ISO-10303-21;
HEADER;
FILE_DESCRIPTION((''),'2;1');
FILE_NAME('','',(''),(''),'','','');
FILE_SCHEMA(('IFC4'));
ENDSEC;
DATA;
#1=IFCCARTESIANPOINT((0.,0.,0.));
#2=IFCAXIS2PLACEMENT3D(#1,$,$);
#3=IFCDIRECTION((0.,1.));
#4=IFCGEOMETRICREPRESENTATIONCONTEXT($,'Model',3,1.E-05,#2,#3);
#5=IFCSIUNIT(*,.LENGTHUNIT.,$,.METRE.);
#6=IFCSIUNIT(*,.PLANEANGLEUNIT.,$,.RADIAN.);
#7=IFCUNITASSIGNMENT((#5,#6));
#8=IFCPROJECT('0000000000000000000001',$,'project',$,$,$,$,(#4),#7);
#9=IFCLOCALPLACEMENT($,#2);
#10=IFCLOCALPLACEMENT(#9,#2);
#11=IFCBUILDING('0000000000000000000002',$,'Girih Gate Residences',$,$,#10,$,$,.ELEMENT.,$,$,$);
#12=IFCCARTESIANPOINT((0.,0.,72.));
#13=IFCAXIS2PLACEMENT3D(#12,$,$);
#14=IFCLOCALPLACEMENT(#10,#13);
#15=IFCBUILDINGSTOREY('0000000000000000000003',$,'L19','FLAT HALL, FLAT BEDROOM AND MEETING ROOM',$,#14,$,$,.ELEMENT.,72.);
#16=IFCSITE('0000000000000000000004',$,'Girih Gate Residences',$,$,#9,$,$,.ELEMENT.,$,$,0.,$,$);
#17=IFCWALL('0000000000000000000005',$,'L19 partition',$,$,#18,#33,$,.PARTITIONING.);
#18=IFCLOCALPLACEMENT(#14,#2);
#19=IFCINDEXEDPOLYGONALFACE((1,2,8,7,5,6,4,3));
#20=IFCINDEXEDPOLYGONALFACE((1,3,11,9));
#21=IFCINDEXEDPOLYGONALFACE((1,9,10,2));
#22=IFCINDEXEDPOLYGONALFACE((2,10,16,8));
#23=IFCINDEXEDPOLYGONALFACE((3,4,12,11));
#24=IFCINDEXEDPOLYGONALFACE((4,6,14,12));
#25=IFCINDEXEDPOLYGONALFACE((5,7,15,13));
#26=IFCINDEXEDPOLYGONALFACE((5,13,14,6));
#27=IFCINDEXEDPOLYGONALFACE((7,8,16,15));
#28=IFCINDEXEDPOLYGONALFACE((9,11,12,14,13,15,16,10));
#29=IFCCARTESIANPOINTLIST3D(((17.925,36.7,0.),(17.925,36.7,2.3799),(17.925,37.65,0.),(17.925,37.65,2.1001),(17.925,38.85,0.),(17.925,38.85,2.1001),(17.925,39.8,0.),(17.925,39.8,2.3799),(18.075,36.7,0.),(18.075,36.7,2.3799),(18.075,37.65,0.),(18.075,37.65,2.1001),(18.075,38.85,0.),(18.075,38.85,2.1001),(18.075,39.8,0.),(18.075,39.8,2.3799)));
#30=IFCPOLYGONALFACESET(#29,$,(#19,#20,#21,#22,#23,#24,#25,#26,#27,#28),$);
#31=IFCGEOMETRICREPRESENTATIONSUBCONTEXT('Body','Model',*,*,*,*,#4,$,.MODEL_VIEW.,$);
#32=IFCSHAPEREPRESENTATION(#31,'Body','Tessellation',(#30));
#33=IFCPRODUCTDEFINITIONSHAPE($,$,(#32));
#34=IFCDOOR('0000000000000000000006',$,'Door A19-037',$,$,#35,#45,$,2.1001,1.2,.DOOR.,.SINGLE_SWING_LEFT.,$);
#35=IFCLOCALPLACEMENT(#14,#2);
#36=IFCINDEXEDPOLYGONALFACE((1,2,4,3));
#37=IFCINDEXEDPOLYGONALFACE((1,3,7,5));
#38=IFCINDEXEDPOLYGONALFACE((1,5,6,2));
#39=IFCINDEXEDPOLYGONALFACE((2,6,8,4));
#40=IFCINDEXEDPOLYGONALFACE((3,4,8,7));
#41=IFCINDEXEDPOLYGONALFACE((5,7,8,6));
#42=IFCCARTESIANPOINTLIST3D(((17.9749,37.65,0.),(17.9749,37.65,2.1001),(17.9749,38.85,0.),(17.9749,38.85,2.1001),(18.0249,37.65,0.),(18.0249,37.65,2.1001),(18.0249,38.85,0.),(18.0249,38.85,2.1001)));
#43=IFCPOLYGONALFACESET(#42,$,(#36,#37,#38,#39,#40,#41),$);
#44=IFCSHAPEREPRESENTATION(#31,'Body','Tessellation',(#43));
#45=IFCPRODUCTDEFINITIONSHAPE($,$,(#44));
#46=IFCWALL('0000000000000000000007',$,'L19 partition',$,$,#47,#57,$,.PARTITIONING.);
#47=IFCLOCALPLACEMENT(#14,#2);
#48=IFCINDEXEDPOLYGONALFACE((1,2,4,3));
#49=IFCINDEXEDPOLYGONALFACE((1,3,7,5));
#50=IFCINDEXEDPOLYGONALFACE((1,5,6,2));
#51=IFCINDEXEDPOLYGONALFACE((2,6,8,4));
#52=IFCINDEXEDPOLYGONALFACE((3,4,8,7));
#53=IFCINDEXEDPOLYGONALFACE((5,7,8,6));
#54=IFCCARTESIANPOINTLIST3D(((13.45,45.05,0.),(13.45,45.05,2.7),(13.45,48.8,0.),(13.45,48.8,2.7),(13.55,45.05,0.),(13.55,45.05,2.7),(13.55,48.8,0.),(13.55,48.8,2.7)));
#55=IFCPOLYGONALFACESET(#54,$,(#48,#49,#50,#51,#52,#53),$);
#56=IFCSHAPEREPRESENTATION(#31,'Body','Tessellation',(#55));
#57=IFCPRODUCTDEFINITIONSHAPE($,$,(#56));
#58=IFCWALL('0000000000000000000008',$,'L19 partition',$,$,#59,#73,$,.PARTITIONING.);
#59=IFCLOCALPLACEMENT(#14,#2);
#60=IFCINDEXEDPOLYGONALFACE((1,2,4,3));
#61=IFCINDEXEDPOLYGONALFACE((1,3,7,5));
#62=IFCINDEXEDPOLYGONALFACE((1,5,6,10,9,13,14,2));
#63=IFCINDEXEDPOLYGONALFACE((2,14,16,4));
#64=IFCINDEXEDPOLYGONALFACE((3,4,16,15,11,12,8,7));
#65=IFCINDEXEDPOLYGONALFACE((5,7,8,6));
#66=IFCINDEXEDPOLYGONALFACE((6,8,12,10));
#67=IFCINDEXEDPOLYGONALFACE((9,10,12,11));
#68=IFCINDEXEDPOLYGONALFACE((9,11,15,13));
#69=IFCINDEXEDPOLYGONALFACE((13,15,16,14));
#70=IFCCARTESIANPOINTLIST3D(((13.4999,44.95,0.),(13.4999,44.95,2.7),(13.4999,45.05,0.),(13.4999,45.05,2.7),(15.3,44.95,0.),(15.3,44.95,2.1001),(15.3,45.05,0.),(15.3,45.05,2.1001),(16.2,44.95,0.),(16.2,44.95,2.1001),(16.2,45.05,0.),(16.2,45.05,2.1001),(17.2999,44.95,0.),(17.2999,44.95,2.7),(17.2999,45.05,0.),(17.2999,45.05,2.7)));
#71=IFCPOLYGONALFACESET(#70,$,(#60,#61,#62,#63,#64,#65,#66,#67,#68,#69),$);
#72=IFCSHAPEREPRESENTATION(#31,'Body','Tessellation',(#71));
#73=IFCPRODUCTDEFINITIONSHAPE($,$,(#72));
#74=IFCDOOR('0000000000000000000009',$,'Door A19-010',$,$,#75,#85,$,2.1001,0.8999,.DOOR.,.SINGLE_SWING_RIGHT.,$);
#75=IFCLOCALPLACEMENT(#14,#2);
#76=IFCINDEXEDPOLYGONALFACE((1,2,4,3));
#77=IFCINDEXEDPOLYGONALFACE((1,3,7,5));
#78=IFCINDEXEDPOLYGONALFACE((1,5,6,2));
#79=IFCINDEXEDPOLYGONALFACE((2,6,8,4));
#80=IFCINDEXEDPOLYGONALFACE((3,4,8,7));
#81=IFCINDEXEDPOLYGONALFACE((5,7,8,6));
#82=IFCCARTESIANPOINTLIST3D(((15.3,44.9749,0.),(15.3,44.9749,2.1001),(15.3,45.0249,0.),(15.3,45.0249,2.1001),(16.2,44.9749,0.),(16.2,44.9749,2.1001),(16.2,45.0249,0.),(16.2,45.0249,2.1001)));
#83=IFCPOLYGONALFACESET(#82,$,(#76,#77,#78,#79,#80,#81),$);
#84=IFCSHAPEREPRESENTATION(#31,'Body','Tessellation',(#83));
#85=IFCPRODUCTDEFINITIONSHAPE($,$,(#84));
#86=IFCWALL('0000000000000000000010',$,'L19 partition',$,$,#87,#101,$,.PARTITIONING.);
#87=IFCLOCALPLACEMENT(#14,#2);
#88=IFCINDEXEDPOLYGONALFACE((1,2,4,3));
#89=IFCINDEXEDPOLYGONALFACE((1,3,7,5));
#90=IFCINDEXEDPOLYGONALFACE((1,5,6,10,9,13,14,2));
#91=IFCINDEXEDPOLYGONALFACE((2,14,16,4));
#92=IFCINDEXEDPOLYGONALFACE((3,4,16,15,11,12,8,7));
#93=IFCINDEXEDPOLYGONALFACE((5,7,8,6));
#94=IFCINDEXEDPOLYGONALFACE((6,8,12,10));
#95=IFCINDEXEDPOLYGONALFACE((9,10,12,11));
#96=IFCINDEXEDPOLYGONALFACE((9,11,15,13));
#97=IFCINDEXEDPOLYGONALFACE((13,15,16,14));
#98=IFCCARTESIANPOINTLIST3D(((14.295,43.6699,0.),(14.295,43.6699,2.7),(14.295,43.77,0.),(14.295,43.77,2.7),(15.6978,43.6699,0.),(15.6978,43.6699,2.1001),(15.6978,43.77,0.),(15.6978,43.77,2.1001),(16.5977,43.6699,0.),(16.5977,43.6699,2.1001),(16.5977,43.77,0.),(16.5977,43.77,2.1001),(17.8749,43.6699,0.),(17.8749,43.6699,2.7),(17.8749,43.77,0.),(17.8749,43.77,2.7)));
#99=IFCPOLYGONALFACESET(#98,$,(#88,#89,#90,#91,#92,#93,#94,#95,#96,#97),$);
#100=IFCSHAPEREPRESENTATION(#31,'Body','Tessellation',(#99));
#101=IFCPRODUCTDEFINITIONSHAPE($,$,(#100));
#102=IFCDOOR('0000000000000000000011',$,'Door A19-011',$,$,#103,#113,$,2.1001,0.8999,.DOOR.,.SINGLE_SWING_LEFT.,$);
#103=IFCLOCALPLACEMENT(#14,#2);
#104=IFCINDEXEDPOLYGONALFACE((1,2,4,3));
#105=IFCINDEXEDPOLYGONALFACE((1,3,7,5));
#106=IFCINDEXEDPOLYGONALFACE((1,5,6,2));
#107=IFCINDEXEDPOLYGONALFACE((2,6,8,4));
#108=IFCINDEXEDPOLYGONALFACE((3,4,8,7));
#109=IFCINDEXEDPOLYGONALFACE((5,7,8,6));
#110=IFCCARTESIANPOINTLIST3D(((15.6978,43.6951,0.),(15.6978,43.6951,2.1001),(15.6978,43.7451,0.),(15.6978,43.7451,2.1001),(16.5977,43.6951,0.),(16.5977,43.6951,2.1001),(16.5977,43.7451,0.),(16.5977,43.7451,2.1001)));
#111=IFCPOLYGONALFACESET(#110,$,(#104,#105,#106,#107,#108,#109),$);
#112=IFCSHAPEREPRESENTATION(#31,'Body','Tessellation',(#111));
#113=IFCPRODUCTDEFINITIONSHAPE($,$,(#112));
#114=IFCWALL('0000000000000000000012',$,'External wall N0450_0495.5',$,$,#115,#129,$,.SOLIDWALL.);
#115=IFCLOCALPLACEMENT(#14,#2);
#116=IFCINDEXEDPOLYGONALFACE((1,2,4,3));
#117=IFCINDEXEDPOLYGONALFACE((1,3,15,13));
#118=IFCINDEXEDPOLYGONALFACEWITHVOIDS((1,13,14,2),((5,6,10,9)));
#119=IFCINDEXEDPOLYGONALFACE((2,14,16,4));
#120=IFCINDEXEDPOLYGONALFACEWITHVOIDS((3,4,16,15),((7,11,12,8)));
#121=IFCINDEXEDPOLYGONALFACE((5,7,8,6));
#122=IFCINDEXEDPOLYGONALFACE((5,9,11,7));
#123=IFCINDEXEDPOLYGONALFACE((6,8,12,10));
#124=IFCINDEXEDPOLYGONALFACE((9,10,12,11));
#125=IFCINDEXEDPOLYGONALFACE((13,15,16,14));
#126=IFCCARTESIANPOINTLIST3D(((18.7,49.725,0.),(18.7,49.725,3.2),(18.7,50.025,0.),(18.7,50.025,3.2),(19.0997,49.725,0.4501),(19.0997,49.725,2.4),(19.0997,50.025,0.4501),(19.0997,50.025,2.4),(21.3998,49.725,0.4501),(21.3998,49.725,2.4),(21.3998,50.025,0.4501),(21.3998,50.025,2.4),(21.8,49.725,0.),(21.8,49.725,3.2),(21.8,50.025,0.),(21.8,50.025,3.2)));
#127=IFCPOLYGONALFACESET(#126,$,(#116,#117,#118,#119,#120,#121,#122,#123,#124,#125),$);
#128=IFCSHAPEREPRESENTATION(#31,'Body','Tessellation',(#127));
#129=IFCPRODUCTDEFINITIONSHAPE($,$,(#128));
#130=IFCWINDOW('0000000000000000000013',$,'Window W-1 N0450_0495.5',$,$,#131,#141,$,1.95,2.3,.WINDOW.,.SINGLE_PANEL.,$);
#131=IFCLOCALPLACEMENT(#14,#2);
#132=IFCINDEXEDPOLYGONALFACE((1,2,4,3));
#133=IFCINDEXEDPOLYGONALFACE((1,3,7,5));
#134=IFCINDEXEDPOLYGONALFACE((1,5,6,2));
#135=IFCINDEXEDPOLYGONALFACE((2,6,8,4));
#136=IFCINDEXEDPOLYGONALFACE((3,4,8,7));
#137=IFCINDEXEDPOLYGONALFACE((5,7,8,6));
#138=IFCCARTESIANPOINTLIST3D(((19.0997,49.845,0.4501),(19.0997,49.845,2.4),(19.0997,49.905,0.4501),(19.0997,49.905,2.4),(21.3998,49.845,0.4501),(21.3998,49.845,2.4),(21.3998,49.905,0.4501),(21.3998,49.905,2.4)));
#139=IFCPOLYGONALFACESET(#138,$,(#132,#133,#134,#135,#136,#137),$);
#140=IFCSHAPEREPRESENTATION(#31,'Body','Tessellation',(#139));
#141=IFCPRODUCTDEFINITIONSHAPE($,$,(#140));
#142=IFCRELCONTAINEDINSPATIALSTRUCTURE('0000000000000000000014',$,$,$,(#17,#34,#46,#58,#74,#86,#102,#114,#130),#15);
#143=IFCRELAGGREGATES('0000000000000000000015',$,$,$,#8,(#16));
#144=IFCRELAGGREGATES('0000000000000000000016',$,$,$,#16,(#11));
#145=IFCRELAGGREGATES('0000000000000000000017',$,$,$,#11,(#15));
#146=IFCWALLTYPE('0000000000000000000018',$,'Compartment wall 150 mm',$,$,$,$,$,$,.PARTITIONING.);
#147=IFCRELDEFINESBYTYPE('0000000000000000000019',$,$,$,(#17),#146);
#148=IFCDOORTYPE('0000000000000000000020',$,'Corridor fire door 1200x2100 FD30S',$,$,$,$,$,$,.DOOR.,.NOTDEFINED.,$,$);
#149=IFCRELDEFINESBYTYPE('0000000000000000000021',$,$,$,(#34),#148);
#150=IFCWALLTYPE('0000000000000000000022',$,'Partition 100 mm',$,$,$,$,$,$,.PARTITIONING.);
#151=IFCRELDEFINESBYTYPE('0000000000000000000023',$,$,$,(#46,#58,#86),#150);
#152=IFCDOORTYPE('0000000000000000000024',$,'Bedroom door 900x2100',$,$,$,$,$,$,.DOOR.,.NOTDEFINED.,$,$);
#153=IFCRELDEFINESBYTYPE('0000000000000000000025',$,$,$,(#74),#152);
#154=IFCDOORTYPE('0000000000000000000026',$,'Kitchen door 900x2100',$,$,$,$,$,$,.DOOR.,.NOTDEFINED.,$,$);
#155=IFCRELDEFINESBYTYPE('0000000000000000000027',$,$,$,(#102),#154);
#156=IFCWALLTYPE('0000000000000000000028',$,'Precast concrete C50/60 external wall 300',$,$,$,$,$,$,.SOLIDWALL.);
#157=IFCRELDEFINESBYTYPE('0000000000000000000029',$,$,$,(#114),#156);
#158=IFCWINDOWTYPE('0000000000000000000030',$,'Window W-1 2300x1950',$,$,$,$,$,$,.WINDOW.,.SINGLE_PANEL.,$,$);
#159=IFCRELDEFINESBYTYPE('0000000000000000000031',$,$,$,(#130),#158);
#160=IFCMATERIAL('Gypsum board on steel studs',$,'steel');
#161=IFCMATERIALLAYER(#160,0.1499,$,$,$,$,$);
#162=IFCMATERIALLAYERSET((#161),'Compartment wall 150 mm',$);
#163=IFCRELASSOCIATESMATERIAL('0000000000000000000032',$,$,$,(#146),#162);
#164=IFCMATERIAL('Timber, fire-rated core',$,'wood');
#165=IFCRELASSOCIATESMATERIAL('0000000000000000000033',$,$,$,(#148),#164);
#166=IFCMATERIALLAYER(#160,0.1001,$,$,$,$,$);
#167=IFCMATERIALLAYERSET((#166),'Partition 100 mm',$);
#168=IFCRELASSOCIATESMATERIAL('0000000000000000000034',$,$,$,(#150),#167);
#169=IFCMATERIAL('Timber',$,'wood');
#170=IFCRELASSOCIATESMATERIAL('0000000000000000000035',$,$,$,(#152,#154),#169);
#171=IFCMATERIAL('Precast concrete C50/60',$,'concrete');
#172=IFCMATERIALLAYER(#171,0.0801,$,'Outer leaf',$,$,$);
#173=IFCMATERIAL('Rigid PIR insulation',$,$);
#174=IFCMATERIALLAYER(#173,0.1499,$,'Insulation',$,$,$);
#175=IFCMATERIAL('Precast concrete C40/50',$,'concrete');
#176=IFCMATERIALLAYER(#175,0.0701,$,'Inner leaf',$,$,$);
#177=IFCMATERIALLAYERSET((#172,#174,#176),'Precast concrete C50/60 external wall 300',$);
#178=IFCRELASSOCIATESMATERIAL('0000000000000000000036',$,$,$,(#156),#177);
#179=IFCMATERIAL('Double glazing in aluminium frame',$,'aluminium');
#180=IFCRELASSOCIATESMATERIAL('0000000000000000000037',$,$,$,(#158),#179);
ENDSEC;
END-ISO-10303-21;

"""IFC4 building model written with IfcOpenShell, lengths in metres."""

from ifc_helpers import new_model, si_unit, direction, frame, frame_2d, origin, place, context, subcontext, project, spatial, rectangle, extrude, material, layer, layer_set, type_object, element, fill, save


model = new_model("IFC4")

# Units and contexts
model_context = context("Model", 3, precision=1e-05, world=origin(), true_north=direction((0.0, 1.0)))
body_context = subcontext(model_context, "Body", "Model", "MODEL_VIEW")
ifc_project = project(units=[si_unit("LENGTHUNIT", "METRE"), si_unit("PLANEANGLEUNIT", "RADIAN")], contexts=[model_context])

# Site, building, storey
site_placement = place(None, origin())
site = spatial("IfcSite", under=ifc_project, at=site_placement, Name="Girih Gate Residences", CompositionType="ELEMENT", RefElevation=0.0)
building_placement = place(site_placement, origin())
building = spatial("IfcBuilding", under=site, at=building_placement, Name="Girih Gate Residences", CompositionType="ELEMENT")
storey_placement = place(building_placement, frame((0.0, 0.0, 72.0)))
storey = spatial("IfcBuildingStorey", under=building, at=storey_placement, Name="L19", Description="FLAT HALL, FLAT BEDROOM AND MEETING ROOM", CompositionType="ELEMENT", Elevation=72.0)

# Shared definitions
ifc_material_1 = material(Name="Gypsum board on steel studs", Category="steel")
ifc_layer_1 = layer(ifc_material_1, 0.1499)
ifc_layer_set_1 = layer_set([ifc_layer_1], Name="Compartment wall 150 mm")
wall_type_1 = type_object("IfcWallType", Name="Compartment wall 150 mm", PredefinedType="PARTITIONING", material=ifc_layer_set_1)

# Wall, opening, door
ifc_material_2 = material(Name="Timber, fire-rated core", Category="wood")
wall_1_placement = place(storey_placement, frame((18.0, 39.8, 0.0), z_axis=(0.0, 0.0, 1.0), x_axis=(0.0, -1.0, 0.0)))
wall_1 = element("IfcWall", 1, at=wall_1_placement, inside=storey, type_object=wall_type_1, Name="L19 partition", PredefinedType="PARTITIONING", context=body_context, shape_type="SweptSolid", body=[
    extrude(rectangle(XDim=3.1001, YDim=0.1499, at=frame_2d((1.55, 0.0))), origin(), (0.0, 0.0, 1.0), 2.3799),
])
opening_1_placement = place(wall_1_placement, frame((0.95, 0.0, 0.0)))
opening_1 = element("IfcOpeningElement", 2, at=opening_1_placement, cuts=wall_1, PredefinedType="OPENING", context=body_context, shape_type="SweptSolid", body=[
    extrude(rectangle(XDim=1.2, YDim=2.1001, at=frame_2d((0.6001, 1.05))), frame((0.0, 0.085, 0.0), z_axis=(0.0, -1.0, 0.0), x_axis=(1.0, 0.0, 0.0)), (0.0, 0.0, 1.0), 0.1699),
])
door_type_1 = type_object("IfcDoorType", Name="Corridor fire door 1200x2100 FD30S", OperationType="NOTDEFINED", PredefinedType="DOOR", material=ifc_material_2)
door_1_placement = place(opening_1_placement, origin())
door_1 = element("IfcDoor", 3, at=door_1_placement, inside=storey, type_object=door_type_1, Name="Door A19-037", OperationType="SINGLE_SWING_LEFT", OverallHeight=2.1001, OverallWidth=1.2, PredefinedType="DOOR", context=body_context, shape_type="SweptSolid", body=[
    extrude(rectangle(XDim=1.2, YDim=2.1001, at=frame_2d((0.6001, 1.05))), frame((0.0, 0.0249, 0.0), z_axis=(0.0, -1.0, 0.0), x_axis=(1.0, 0.0, 0.0)), (0.0, 0.0, 1.0), 0.05),
])
fill(opening_1, door_1)

# Wall
ifc_layer_2 = layer(ifc_material_1, 0.1001)
ifc_layer_set_2 = layer_set([ifc_layer_2], Name="Partition 100 mm")
wall_type_2 = type_object("IfcWallType", Name="Partition 100 mm", PredefinedType="PARTITIONING", material=ifc_layer_set_2)
wall_2_placement = place(storey_placement, frame((13.5, 45.05, 0.0), z_axis=(0.0, 0.0, 1.0), x_axis=(0.0, 1.0, 0.0)))
element("IfcWall", 4, at=wall_2_placement, inside=storey, type_object=wall_type_2, Name="L19 partition", PredefinedType="PARTITIONING", context=body_context, shape_type="SweptSolid", body=[
    extrude(rectangle(XDim=3.75, YDim=0.1001, at=frame_2d((1.875, 0.0))), origin(), (0.0, 0.0, 1.0), 2.7),
])

# Walls, openings, doors
wall_3_placement = place(storey_placement, frame((13.5, 45.0, 0.0), z_axis=(0.0, 0.0, 1.0), x_axis=(1.0, 0.0, 0.0)))
wall_3 = element("IfcWall", 5, at=wall_3_placement, inside=storey, type_object=wall_type_2, Name="L19 partition", PredefinedType="PARTITIONING", context=body_context, shape_type="SweptSolid", body=[
    extrude(rectangle(XDim=3.8, YDim=0.1001, at=frame_2d((1.8999, 0.0))), origin(), (0.0, 0.0, 1.0), 2.7),
])
opening_2_placement = place(wall_3_placement, frame((1.8, 0.0, 0.0)))
opening_2 = element("IfcOpeningElement", 6, at=opening_2_placement, cuts=wall_3, PredefinedType="OPENING", context=body_context, shape_type="SweptSolid", body=[
    extrude(rectangle(XDim=0.8999, YDim=2.1001, at=frame_2d((0.45, 1.05))), frame((0.0, 0.0601, 0.0), z_axis=(0.0, -1.0, 0.0), x_axis=(1.0, 0.0, 0.0)), (0.0, 0.0, 1.0), 0.1201),
])
ifc_material_3 = material(Name="Timber", Category="wood")
door_type_2 = type_object("IfcDoorType", Name="Bedroom door 900x2100", OperationType="NOTDEFINED", PredefinedType="DOOR", material=ifc_material_3)
door_2_placement = place(opening_2_placement, origin())
door_2 = element("IfcDoor", 7, at=door_2_placement, inside=storey, type_object=door_type_2, Name="Door A19-010", OperationType="SINGLE_SWING_RIGHT", OverallHeight=2.1001, OverallWidth=0.8999, PredefinedType="DOOR", context=body_context, shape_type="SweptSolid", body=[
    extrude(rectangle(XDim=0.8999, YDim=2.1001, at=frame_2d((0.45, 1.05))), frame((0.0, 0.0249, 0.0), z_axis=(0.0, -1.0, 0.0), x_axis=(1.0, 0.0, 0.0)), (0.0, 0.0, 1.0), 0.05),
])
fill(opening_2, door_2)
wall_4_placement = place(storey_placement, frame((17.875, 43.72, 0.0), z_axis=(0.0, 0.0, 1.0), x_axis=(-1.0, 0.0, 0.0)))
wall_4 = element("IfcWall", 8, at=wall_4_placement, inside=storey, type_object=wall_type_2, Name="L19 partition", PredefinedType="PARTITIONING", context=body_context, shape_type="SweptSolid", body=[
    extrude(rectangle(XDim=3.5798, YDim=0.1001, at=frame_2d((1.79, 0.0))), origin(), (0.0, 0.0, 1.0), 2.7),
])
opening_3_placement = place(wall_4_placement, frame((1.2773, 0.0, 0.0)))
opening_3 = element("IfcOpeningElement", 9, at=opening_3_placement, cuts=wall_4, PredefinedType="OPENING", context=body_context, shape_type="SweptSolid", body=[
    extrude(rectangle(XDim=0.8999, YDim=2.1001, at=frame_2d((0.45, 1.05))), frame((0.0, 0.0601, 0.0), z_axis=(0.0, -1.0, 0.0), x_axis=(1.0, 0.0, 0.0)), (0.0, 0.0, 1.0), 0.1201),
])
door_type_3 = type_object("IfcDoorType", Name="Kitchen door 900x2100", OperationType="NOTDEFINED", PredefinedType="DOOR", material=ifc_material_3)
door_3_placement = place(opening_3_placement, origin())
door_3 = element("IfcDoor", 10, at=door_3_placement, inside=storey, type_object=door_type_3, Name="Door A19-011", OperationType="SINGLE_SWING_LEFT", OverallHeight=2.1001, OverallWidth=0.8999, PredefinedType="DOOR", context=body_context, shape_type="SweptSolid", body=[
    extrude(rectangle(XDim=0.8999, YDim=2.1001, at=frame_2d((0.45, 1.05))), frame((0.0, 0.0249, 0.0), z_axis=(0.0, -1.0, 0.0), x_axis=(1.0, 0.0, 0.0)), (0.0, 0.0, 1.0), 0.05),
])
fill(opening_3, door_3)

# Wall, opening, window
ifc_material_4 = material(Name="Precast concrete C50/60", Category="concrete")
ifc_layer_3 = layer(ifc_material_4, 0.0801, Name="Outer leaf")
ifc_material_5 = material(Name="Rigid PIR insulation")
ifc_layer_4 = layer(ifc_material_5, 0.1499, Name="Insulation")
ifc_material_6 = material(Name="Precast concrete C40/50", Category="concrete")
ifc_layer_5 = layer(ifc_material_6, 0.0701, Name="Inner leaf")
ifc_layer_set_3 = layer_set([ifc_layer_3, ifc_layer_4, ifc_layer_5], Name="Precast concrete C50/60 external wall 300")
wall_type_3 = type_object("IfcWallType", Name="Precast concrete C50/60 external wall 300", PredefinedType="SOLIDWALL", material=ifc_layer_set_3)
wall_5_placement = place(storey_placement, frame((18.7, 49.875, 0.0), z_axis=(0.0, 0.0, 1.0), x_axis=(1.0, 0.0, 0.0)))
wall_5 = element("IfcWall", 11, at=wall_5_placement, inside=storey, type_object=wall_type_3, Name="External wall N0450_0495.5", PredefinedType="SOLIDWALL", context=body_context, shape_type="SweptSolid", body=[
    extrude(rectangle(XDim=3.1001, YDim=0.3, at=frame_2d((1.55, 0.0))), origin(), (0.0, 0.0, 1.0), 3.2),
])
opening_4_placement = place(wall_5_placement, frame((0.3999, 0.0, 0.45)))
opening_4 = element("IfcOpeningElement", 12, at=opening_4_placement, cuts=wall_5, PredefinedType="OPENING", context=body_context, shape_type="SweptSolid", body=[
    extrude(rectangle(XDim=2.3, YDim=1.95, at=frame_2d((1.1499, 0.9751))), frame((0.0, 0.1599, 0.0), z_axis=(0.0, -1.0, 0.0), x_axis=(1.0, 0.0, 0.0)), (0.0, 0.0, 1.0), 0.3201),
])
ifc_material_7 = material(Name="Double glazing in aluminium frame", Category="aluminium")
window_type = type_object("IfcWindowType", Name="Window W-1 2300x1950", PartitioningType="SINGLE_PANEL", PredefinedType="WINDOW", material=ifc_material_7)
window_1_placement = place(opening_4_placement, origin())
window_1 = element("IfcWindow", 13, at=window_1_placement, inside=storey, type_object=window_type, Name="Window W-1 N0450_0495.5", OverallHeight=1.95, OverallWidth=2.3, PartitioningType="SINGLE_PANEL", PredefinedType="WINDOW", context=body_context, shape_type="SweptSolid", body=[
    extrude(rectangle(XDim=2.3, YDim=1.95, at=frame_2d((1.1499, 0.9751))), frame((0.0, 0.03, 0.0), z_axis=(0.0, -1.0, 0.0), x_axis=(1.0, 0.0, 0.0)), (0.0, 0.0, 1.0), 0.0601),
])
fill(opening_4, window_1)

save(model, "model.ifc")
